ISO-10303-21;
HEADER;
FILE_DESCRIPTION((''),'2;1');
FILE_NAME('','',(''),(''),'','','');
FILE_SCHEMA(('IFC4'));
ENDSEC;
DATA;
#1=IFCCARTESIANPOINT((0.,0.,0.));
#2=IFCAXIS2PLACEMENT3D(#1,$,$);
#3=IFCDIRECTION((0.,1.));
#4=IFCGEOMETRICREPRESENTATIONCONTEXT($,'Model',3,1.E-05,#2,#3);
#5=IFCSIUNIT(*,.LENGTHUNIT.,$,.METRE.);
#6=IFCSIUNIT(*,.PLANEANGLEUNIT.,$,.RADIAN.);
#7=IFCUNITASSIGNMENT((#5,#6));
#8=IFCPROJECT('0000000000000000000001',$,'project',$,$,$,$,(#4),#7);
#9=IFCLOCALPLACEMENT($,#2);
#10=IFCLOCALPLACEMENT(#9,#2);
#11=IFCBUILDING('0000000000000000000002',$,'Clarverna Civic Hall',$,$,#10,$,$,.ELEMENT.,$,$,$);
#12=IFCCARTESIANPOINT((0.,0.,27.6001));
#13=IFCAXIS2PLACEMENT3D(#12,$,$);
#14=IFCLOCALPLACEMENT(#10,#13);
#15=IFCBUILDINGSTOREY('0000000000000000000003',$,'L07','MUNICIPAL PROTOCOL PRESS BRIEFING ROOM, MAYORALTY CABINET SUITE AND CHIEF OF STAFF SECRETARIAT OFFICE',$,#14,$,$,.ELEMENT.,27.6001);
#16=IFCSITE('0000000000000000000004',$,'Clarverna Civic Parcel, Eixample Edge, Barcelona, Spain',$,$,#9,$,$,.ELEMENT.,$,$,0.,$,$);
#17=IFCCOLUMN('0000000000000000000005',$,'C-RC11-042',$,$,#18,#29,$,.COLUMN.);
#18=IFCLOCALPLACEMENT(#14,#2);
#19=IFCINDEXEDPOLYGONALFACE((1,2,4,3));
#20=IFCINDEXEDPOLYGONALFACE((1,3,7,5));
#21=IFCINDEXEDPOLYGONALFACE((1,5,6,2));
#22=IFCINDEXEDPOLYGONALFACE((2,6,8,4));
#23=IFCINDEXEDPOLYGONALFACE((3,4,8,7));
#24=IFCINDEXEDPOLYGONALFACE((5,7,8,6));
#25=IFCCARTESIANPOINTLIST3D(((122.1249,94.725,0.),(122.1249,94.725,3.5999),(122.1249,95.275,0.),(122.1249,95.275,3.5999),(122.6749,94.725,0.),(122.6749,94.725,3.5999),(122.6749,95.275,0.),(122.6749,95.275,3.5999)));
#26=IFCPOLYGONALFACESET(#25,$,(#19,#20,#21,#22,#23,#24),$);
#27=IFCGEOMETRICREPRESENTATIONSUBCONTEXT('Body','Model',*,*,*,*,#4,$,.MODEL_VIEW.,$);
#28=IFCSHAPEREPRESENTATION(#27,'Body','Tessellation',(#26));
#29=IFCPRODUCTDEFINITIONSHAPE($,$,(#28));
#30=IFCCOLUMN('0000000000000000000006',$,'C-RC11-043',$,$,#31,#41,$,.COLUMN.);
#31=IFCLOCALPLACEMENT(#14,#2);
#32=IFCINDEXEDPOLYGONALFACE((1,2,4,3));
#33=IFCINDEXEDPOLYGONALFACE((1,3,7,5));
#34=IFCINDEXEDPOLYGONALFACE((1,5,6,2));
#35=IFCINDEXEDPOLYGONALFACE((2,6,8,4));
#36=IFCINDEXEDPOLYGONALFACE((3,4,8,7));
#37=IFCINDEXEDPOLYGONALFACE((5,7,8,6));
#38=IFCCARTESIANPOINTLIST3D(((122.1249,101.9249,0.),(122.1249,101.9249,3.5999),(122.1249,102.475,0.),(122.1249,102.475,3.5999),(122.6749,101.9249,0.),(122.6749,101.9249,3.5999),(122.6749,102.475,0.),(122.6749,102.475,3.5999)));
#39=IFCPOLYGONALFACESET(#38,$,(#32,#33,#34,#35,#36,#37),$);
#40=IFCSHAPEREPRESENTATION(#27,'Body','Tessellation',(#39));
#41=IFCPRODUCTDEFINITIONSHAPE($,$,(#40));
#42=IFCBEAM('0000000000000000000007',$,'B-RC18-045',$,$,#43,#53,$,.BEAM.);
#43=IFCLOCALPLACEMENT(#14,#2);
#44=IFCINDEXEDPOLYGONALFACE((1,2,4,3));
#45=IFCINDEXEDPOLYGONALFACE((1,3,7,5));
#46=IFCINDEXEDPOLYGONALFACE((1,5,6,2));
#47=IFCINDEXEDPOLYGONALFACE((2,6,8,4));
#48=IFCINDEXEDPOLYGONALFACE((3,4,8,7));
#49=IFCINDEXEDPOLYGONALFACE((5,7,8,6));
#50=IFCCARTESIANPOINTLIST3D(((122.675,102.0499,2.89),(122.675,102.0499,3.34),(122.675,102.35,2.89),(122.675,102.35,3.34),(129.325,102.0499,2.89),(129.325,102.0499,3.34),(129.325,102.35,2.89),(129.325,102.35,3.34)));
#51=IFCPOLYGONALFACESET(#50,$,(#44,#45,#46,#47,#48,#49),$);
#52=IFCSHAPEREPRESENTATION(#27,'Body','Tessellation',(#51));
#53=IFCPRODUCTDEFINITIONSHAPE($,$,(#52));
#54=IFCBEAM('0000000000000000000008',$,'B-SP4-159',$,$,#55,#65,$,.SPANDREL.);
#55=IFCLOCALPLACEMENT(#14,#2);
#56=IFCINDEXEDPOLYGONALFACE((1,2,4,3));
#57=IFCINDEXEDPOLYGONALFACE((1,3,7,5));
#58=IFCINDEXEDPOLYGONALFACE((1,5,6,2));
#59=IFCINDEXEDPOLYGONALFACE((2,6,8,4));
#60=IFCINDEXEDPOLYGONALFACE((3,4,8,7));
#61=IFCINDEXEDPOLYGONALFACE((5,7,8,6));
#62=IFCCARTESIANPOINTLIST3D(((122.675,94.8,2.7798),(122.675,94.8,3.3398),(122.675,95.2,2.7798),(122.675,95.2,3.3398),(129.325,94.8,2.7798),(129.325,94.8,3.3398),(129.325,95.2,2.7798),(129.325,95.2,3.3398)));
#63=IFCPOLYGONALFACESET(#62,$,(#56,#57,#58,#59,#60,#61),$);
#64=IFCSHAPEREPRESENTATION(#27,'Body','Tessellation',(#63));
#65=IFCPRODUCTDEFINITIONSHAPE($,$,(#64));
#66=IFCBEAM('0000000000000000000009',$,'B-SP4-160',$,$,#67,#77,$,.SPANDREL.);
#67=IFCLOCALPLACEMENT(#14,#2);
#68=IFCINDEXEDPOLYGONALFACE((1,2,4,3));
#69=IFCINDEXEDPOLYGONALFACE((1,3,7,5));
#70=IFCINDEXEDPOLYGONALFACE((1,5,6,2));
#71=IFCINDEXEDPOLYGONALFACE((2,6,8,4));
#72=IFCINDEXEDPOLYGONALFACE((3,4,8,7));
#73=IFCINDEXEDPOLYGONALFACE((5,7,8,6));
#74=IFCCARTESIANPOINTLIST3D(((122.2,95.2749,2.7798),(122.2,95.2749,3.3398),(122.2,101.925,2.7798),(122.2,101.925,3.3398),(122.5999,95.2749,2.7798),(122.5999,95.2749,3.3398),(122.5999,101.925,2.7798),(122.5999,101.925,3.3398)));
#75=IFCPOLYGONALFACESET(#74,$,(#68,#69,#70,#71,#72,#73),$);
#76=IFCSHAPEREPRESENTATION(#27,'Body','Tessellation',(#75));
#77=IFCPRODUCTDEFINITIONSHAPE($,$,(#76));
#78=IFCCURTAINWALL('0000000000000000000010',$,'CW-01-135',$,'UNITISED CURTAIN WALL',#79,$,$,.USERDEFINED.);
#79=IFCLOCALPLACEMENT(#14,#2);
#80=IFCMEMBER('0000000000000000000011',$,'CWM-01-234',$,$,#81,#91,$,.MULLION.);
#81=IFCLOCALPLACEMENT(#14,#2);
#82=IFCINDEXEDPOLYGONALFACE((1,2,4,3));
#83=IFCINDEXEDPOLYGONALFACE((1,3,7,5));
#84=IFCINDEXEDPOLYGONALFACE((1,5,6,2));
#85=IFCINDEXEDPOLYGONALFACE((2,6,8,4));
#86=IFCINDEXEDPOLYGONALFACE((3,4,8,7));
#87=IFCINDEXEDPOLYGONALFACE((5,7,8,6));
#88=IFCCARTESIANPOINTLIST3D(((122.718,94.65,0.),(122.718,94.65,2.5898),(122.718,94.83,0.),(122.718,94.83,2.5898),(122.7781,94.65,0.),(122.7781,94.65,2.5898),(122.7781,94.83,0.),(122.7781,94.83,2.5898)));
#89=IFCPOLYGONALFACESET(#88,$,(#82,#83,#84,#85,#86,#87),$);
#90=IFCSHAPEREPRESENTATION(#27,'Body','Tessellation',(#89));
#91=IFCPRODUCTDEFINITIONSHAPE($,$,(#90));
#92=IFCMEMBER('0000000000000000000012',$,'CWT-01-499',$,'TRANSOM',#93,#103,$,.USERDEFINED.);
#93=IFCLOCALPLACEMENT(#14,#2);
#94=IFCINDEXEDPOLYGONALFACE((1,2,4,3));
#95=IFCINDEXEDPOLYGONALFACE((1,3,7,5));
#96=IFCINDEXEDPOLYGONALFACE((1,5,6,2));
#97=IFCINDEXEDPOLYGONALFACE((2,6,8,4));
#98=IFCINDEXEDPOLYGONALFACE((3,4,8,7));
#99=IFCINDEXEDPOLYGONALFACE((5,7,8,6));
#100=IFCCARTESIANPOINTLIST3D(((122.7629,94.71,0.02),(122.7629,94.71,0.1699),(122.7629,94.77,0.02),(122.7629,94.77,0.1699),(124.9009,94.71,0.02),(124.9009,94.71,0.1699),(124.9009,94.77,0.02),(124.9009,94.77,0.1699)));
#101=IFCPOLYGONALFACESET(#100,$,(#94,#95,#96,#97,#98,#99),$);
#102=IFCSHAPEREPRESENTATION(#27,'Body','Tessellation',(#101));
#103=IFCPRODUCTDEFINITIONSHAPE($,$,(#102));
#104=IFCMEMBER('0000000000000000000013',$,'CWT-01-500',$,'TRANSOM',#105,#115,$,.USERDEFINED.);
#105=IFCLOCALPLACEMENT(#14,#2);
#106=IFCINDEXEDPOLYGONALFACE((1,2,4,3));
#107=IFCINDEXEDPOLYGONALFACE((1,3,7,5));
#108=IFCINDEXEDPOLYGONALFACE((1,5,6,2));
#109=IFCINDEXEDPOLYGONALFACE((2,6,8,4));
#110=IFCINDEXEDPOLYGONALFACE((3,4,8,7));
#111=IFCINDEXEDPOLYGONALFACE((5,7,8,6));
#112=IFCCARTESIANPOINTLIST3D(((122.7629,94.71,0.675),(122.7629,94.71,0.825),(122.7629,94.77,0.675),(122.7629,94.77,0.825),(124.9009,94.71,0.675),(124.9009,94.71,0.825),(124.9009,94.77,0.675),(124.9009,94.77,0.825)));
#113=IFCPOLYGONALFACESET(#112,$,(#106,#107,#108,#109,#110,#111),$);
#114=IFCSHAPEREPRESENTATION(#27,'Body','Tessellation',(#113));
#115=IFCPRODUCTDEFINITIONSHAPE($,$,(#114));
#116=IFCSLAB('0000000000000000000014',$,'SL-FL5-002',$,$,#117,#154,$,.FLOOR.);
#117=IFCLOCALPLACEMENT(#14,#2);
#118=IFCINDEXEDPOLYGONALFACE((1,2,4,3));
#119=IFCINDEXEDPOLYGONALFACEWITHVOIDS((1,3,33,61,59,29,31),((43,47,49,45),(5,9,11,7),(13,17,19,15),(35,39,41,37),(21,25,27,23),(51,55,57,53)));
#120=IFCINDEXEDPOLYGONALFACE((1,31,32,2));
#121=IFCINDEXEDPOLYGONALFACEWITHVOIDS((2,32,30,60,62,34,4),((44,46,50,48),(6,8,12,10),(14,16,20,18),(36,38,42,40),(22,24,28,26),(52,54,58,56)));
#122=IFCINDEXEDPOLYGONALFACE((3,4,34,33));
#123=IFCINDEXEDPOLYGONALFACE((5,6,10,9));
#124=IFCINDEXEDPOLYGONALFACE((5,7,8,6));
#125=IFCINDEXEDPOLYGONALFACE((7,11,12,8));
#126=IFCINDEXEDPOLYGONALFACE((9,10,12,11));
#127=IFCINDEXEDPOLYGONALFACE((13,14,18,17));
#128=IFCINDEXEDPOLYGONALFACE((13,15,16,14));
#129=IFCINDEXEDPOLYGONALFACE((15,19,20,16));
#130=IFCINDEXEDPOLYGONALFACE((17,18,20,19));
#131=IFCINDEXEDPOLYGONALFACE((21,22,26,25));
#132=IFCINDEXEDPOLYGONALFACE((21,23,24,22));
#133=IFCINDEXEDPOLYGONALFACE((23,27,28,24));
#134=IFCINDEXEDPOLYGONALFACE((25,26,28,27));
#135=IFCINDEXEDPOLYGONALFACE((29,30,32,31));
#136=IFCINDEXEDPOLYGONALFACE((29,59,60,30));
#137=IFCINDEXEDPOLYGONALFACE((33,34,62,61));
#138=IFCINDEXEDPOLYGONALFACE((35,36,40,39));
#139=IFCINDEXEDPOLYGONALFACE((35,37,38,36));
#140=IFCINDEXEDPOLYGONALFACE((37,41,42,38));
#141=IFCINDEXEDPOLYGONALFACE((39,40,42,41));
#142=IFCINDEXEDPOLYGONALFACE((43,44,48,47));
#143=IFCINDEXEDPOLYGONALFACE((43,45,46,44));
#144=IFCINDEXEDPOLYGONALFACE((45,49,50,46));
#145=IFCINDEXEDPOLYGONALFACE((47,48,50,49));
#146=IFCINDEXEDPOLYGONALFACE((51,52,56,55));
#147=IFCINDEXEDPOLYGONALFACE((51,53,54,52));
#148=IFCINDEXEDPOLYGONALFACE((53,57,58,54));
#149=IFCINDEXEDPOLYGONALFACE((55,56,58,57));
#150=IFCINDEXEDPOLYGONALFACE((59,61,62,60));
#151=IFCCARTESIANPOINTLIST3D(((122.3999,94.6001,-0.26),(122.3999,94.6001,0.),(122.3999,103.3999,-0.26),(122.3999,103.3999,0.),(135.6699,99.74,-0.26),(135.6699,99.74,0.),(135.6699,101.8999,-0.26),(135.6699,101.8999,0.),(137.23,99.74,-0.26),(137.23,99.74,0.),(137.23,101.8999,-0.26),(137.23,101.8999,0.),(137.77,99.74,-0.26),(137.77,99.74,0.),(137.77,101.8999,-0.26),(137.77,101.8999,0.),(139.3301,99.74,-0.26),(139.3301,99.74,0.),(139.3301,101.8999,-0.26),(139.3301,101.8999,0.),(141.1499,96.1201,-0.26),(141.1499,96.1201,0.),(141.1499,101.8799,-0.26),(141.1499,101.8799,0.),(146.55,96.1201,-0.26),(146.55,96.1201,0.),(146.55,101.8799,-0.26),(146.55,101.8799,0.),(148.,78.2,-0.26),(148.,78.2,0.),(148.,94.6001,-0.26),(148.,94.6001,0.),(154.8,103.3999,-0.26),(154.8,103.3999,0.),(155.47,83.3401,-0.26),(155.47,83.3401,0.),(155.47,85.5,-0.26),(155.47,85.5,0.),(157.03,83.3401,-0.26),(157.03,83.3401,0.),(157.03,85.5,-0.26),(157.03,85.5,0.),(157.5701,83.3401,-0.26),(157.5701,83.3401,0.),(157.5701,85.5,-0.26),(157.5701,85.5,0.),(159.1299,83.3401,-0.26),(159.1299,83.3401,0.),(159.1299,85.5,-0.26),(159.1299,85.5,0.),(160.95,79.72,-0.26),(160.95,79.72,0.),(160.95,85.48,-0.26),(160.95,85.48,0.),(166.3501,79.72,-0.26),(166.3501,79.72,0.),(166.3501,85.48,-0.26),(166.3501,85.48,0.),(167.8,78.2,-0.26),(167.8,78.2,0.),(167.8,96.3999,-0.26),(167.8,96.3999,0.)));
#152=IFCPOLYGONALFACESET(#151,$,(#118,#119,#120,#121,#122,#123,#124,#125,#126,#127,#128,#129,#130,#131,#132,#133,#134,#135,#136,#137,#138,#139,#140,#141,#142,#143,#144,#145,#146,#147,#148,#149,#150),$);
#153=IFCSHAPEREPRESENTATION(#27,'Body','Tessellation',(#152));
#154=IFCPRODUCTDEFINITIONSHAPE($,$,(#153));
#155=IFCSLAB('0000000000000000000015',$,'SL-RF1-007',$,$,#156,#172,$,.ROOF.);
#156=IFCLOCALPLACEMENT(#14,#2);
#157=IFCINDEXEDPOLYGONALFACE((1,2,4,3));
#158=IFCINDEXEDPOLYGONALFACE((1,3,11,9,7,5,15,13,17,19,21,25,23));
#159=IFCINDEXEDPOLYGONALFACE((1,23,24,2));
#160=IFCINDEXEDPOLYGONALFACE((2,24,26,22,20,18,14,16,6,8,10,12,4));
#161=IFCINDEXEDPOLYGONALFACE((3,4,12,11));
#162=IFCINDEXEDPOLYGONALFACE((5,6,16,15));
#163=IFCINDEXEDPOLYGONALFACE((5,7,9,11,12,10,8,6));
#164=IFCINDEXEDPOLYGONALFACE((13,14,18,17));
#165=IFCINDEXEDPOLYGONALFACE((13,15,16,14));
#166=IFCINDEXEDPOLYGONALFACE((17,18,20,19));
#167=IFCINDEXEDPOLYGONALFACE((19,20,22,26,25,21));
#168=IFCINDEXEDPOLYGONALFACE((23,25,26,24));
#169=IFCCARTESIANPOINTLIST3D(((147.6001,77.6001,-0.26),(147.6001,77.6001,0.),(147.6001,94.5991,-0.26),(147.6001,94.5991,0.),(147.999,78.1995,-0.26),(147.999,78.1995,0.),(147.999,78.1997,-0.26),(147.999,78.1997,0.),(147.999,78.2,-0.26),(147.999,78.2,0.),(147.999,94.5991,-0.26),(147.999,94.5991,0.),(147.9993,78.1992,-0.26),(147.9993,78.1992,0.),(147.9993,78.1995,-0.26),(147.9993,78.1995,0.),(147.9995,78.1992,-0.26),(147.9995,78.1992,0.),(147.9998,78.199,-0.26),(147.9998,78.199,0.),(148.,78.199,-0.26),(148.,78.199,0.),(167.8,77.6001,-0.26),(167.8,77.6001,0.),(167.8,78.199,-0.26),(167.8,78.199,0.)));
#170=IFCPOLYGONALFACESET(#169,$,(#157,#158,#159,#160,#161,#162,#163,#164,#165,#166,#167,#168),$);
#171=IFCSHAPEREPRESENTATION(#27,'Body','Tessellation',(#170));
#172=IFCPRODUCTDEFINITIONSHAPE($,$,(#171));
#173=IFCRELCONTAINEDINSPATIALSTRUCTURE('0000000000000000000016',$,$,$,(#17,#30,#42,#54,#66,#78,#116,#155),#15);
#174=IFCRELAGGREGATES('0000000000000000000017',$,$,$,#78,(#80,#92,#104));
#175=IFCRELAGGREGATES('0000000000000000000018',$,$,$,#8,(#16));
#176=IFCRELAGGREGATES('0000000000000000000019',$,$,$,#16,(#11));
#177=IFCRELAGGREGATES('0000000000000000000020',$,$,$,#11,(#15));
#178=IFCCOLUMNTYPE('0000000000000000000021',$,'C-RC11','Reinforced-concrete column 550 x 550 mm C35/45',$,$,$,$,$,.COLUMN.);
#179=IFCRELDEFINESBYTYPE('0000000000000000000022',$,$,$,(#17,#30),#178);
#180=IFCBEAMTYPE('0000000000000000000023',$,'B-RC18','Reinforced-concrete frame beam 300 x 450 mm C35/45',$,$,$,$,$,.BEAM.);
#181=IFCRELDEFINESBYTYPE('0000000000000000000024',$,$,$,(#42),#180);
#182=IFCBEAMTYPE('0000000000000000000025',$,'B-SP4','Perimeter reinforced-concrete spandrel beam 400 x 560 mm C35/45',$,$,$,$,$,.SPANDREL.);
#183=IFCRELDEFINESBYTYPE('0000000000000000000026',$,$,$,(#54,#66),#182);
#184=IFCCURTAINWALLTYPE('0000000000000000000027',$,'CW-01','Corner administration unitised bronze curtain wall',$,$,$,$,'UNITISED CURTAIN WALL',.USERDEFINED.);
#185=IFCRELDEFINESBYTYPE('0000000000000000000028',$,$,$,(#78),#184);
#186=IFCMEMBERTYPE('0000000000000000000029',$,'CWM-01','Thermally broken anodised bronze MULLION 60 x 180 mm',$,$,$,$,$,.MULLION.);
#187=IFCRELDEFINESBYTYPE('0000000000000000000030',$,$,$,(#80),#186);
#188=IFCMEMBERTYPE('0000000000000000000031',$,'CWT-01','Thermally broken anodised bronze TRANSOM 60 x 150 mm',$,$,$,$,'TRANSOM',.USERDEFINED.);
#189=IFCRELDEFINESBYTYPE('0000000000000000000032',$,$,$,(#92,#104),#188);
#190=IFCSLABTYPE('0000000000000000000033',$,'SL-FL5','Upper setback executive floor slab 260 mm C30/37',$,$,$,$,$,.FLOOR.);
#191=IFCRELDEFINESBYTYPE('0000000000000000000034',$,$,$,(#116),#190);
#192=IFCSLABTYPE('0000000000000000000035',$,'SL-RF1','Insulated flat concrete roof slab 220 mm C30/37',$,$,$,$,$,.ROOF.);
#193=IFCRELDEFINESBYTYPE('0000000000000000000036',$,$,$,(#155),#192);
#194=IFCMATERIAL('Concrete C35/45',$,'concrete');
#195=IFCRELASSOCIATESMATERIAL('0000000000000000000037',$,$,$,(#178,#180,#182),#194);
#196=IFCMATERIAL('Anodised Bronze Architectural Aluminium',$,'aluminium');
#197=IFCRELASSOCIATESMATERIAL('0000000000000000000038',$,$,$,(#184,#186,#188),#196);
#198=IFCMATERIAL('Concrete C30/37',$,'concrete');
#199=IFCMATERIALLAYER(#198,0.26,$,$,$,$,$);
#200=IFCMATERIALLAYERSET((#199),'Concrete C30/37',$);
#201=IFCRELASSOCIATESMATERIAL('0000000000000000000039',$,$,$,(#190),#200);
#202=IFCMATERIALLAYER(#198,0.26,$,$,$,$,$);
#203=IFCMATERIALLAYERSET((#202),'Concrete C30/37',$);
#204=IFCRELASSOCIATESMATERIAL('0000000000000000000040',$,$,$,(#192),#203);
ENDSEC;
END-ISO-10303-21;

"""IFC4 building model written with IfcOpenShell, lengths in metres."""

from ifc_helpers import new_model, si_unit, direction, frame, origin, origin_2d, place, context, subcontext, project, spatial, polyline, rectangle, outline, extrude, material, layer, layer_set, material_profile, profile_set, type_object, element, aggregate, save


model = new_model("IFC4")

# Units and contexts
model_context = context("Model", 3, precision=1e-05, world=origin(), true_north=direction((0.0, 1.0)))
body_context = subcontext(model_context, "Body", "Model", "MODEL_VIEW")
ifc_project = project(units=[si_unit("LENGTHUNIT", "METRE"), si_unit("PLANEANGLEUNIT", "RADIAN")], contexts=[model_context])

# Site, building, storey
site_placement = place(None, origin())
site = spatial("IfcSite", under=ifc_project, at=site_placement, Name="Clarverna Civic Parcel, Eixample Edge, Barcelona, Spain", CompositionType="ELEMENT", RefElevation=0.0)
building_placement = place(site_placement, origin())
building = spatial("IfcBuilding", under=site, at=building_placement, Name="Clarverna Civic Hall", CompositionType="ELEMENT")
storey_placement = place(building_placement, frame((0.0, 0.0, 27.6001)))
storey = spatial("IfcBuildingStorey", under=building, at=storey_placement, Name="L07", Description="MUNICIPAL PROTOCOL PRESS BRIEFING ROOM, MAYORALTY CABINET SUITE AND CHIEF OF STAFF SECRETARIAT OFFICE", CompositionType="ELEMENT", Elevation=27.6001)

# Columns
ifc_material_1 = material(Name="Concrete C35/45", Category="concrete")
ifc_material_profile_1 = material_profile(ifc_material_1, rectangle(XDim=0.55, YDim=0.55, at=origin_2d()), Name="RC 550x550")
ifc_profile_set_1 = profile_set([ifc_material_profile_1], Name="Concrete C35/45")
column_type = type_object("IfcColumnType", Name="C-RC11", Description="Reinforced-concrete column 550 x 550 mm C35/45", PredefinedType="COLUMN", material=ifc_profile_set_1)
for number, where, z_axis, x_axis, name in (
    (1, (122.3999, 95.0, 0.0), (0.0, 0.0, 1.0), (1.0, 0.0, 0.0), "C-RC11-042"),
    (2, (122.3999, 102.2, 0.0), (0.0, 0.0, 1.0), (1.0, 0.0, 0.0), "C-RC11-043"),
):
    element("IfcColumn", number, at=place(storey_placement, frame(where, z_axis=z_axis, x_axis=x_axis)), inside=storey, type_object=column_type, Name=name, PredefinedType="COLUMN", context=body_context, shape_type="SweptSolid", body=[
        extrude(rectangle(XDim=0.55, YDim=0.55, at=origin_2d()), origin(), (0.0, 0.0, 1.0), 3.5999),
    ])

# Beams
ifc_material_profile_2 = material_profile(ifc_material_1, rectangle(XDim=0.3, YDim=0.45, at=origin_2d()), Name="RC 300x450")
ifc_profile_set_2 = profile_set([ifc_material_profile_2], Name="Concrete C35/45")
beam_type_1 = type_object("IfcBeamType", Name="B-RC18", Description="Reinforced-concrete frame beam 300 x 450 mm C35/45", PredefinedType="BEAM", material=ifc_profile_set_2)
beam_1_placement = place(storey_placement, frame((122.675, 102.2, 3.115), z_axis=(1.0, 0.0, 0.0), x_axis=(0.0, 1.0, 0.0)))
element("IfcBeam", 3, at=beam_1_placement, inside=storey, type_object=beam_type_1, Name="B-RC18-045", PredefinedType="BEAM", context=body_context, shape_type="SweptSolid", body=[
    extrude(rectangle(XDim=0.3, YDim=0.45, at=origin_2d()), origin(), (0.0, 0.0, 1.0), 6.6499),
])
ifc_material_profile_3 = material_profile(ifc_material_1, rectangle(XDim=0.3999, YDim=0.5601, at=origin_2d()), Name="RC 400x560")
ifc_profile_set_3 = profile_set([ifc_material_profile_3], Name="Concrete C35/45")
beam_type_2 = type_object("IfcBeamType", Name="B-SP4", Description="Perimeter reinforced-concrete spandrel beam 400 x 560 mm C35/45", PredefinedType="SPANDREL", material=ifc_profile_set_3)
beam_2_placement = place(storey_placement, frame((122.675, 95.0, 3.0598), z_axis=(1.0, 0.0, 0.0), x_axis=(0.0, 1.0, 0.0)))
element("IfcBeam", 4, at=beam_2_placement, inside=storey, type_object=beam_type_2, Name="B-SP4-159", PredefinedType="SPANDREL", context=body_context, shape_type="SweptSolid", body=[
    extrude(rectangle(XDim=0.3999, YDim=0.5601, at=origin_2d()), origin(), (0.0, 0.0, 1.0), 6.6499),
])
beam_3_placement = place(storey_placement, frame((122.3999, 95.2749, 3.0598), z_axis=(0.0, 1.0, 0.0), x_axis=(-1.0, 0.0, 0.0)))
element("IfcBeam", 5, at=beam_3_placement, inside=storey, type_object=beam_type_2, Name="B-SP4-160", PredefinedType="SPANDREL", context=body_context, shape_type="SweptSolid", body=[
    extrude(rectangle(XDim=0.3999, YDim=0.5601, at=origin_2d()), origin(), (0.0, 0.0, 1.0), 6.6501),
])

# Curtain wall, members
ifc_material_2 = material(Name="Anodised Bronze Architectural Aluminium", Category="aluminium")
curtain_wall_type = type_object("IfcCurtainWallType", Name="CW-01", Description="Corner administration unitised bronze curtain wall", ElementType="UNITISED CURTAIN WALL", PredefinedType="USERDEFINED", material=ifc_material_2)
curtain_wall_placement = place(storey_placement, origin())
curtain_wall = element("IfcCurtainWall", 6, at=curtain_wall_placement, inside=storey, type_object=curtain_wall_type, Name="CW-01-135", ObjectType="UNITISED CURTAIN WALL", PredefinedType="USERDEFINED")
ifc_material_profile_4 = material_profile(ifc_material_2, rectangle(XDim=0.0601, YDim=0.1799, at=origin_2d()), Name="BRONZE 60x180")
ifc_profile_set_4 = profile_set([ifc_material_profile_4], Name="Anodised Bronze Architectural Aluminium")
member_type_1 = type_object("IfcMemberType", Name="CWM-01", Description="Thermally broken anodised bronze MULLION 60 x 180 mm", PredefinedType="MULLION", material=ifc_profile_set_4)
member_1_placement = place(storey_placement, frame((122.748, 94.74, 0.0), z_axis=(0.0, 0.0, 1.0), x_axis=(1.0, 0.0, 0.0)))
member_1 = element("IfcMember", 7, at=member_1_placement, type_object=member_type_1, Name="CWM-01-234", PredefinedType="MULLION", context=body_context, shape_type="SweptSolid", body=[
    extrude(rectangle(XDim=0.0601, YDim=0.1799, at=origin_2d()), origin(), (0.0, 0.0, 1.0), 2.5898),
])
ifc_material_profile_5 = material_profile(ifc_material_2, rectangle(XDim=0.0601, YDim=0.1499, at=origin_2d()), Name="BRONZE 60x150")
ifc_profile_set_5 = profile_set([ifc_material_profile_5], Name="Anodised Bronze Architectural Aluminium")
member_type_2 = type_object("IfcMemberType", Name="CWT-01", Description="Thermally broken anodised bronze TRANSOM 60 x 150 mm", ElementType="TRANSOM", PredefinedType="USERDEFINED", material=ifc_profile_set_5)
member_2_placement = place(storey_placement, frame((124.9009, 94.74, 0.095), z_axis=(-1.0, 0.0, 0.0), x_axis=(0.0, -1.0, 0.0)))
member_2 = element("IfcMember", 8, at=member_2_placement, type_object=member_type_2, Name="CWT-01-499", ObjectType="TRANSOM", PredefinedType="USERDEFINED", context=body_context, shape_type="SweptSolid", body=[
    extrude(rectangle(XDim=0.0601, YDim=0.1499, at=origin_2d()), origin(), (0.0, 0.0, 1.0), 2.1379),
])
member_3_placement = place(storey_placement, frame((124.9009, 94.74, 0.75), z_axis=(-1.0, 0.0, 0.0), x_axis=(0.0, -1.0, 0.0)))
member_3 = element("IfcMember", 9, at=member_3_placement, type_object=member_type_2, Name="CWT-01-500", ObjectType="TRANSOM", PredefinedType="USERDEFINED", context=body_context, shape_type="SweptSolid", body=[
    extrude(rectangle(XDim=0.0601, YDim=0.1499, at=origin_2d()), origin(), (0.0, 0.0, 1.0), 2.1379),
])
aggregate(curtain_wall, [member_1, member_2, member_3])

# Slabs
ifc_material_3 = material(Name="Concrete C30/37", Category="concrete")
ifc_layer_1 = layer(ifc_material_3, 0.26)
ifc_layer_set_1 = layer_set([ifc_layer_1], Name="Concrete C30/37")
slab_type_1 = type_object("IfcSlabType", Name="SL-FL5", Description="Upper setback executive floor slab 260 mm C30/37", PredefinedType="FLOOR", material=ifc_layer_set_1)
slab_1_placement = place(storey_placement, frame((0.0, 0.0, -0.26)))
element("IfcSlab", 10, at=slab_1_placement, inside=storey, type_object=slab_type_1, Name="SL-FL5-002", PredefinedType="FLOOR", context=body_context, shape_type="SweptSolid", body=[
    extrude(outline(polyline([(122.3999, 94.6001), (148.0, 94.6001), (148.0, 78.2), (167.8, 78.2), (167.8, 96.3999), (154.8, 103.3999), (122.3999, 103.3999), (122.3999, 94.6001)]), holes=[polyline([(141.1499, 96.1201), (146.55, 96.1201), (146.55, 101.8799), (141.1499, 101.8799), (141.1499, 96.1201)]), polyline([(135.6699, 99.74), (137.23, 99.74), (137.23, 101.8999), (135.6699, 101.8999), (135.6699, 99.74)]), polyline([(137.77, 99.74), (139.3301, 99.74), (139.3301, 101.8999), (137.77, 101.8999), (137.77, 99.74)]), polyline([(160.95, 79.72), (166.3501, 79.72), (166.3501, 85.48), (160.95, 85.48), (160.95, 79.72)]), polyline([(155.47, 83.3401), (157.03, 83.3401), (157.03, 85.5), (155.47, 85.5), (155.47, 83.3401)]), polyline([(157.5701, 83.3401), (159.1299, 83.3401), (159.1299, 85.5), (157.5701, 85.5), (157.5701, 83.3401)])]), origin(), (0.0, 0.0, 1.0), 0.26),
])
ifc_layer_2 = layer(ifc_material_3, 0.26)
ifc_layer_set_2 = layer_set([ifc_layer_2], Name="Concrete C30/37")
slab_type_2 = type_object("IfcSlabType", Name="SL-RF1", Description="Insulated flat concrete roof slab 220 mm C30/37", PredefinedType="ROOF", material=ifc_layer_set_2)
slab_2_placement = place(storey_placement, frame((0.0, 0.0, -0.26)))
element("IfcSlab", 11, at=slab_2_placement, inside=storey, type_object=slab_type_2, Name="SL-RF1-007", PredefinedType="ROOF", context=body_context, shape_type="SweptSolid", body=[
    extrude(outline(polyline([(167.8, 77.6001), (167.8, 78.199), (148.0, 78.199), (148.0, 78.199), (147.9998, 78.199), (147.9998, 78.199), (147.9995, 78.1992), (147.9995, 78.1992), (147.9995, 78.1992), (147.9995, 78.1992), (147.9993, 78.1992), (147.9993, 78.1995), (147.9993, 78.1995), (147.999, 78.1995), (147.999, 78.1997), (147.999, 78.1997), (147.999, 78.1997), (147.999, 78.2), (147.999, 78.2), (147.999, 94.5991), (147.6001, 94.5991), (147.6001, 77.6001), (167.8, 77.6001)])), origin(), (0.0, 0.0, 1.0), 0.26),
])

save(model, "model.ifc")
